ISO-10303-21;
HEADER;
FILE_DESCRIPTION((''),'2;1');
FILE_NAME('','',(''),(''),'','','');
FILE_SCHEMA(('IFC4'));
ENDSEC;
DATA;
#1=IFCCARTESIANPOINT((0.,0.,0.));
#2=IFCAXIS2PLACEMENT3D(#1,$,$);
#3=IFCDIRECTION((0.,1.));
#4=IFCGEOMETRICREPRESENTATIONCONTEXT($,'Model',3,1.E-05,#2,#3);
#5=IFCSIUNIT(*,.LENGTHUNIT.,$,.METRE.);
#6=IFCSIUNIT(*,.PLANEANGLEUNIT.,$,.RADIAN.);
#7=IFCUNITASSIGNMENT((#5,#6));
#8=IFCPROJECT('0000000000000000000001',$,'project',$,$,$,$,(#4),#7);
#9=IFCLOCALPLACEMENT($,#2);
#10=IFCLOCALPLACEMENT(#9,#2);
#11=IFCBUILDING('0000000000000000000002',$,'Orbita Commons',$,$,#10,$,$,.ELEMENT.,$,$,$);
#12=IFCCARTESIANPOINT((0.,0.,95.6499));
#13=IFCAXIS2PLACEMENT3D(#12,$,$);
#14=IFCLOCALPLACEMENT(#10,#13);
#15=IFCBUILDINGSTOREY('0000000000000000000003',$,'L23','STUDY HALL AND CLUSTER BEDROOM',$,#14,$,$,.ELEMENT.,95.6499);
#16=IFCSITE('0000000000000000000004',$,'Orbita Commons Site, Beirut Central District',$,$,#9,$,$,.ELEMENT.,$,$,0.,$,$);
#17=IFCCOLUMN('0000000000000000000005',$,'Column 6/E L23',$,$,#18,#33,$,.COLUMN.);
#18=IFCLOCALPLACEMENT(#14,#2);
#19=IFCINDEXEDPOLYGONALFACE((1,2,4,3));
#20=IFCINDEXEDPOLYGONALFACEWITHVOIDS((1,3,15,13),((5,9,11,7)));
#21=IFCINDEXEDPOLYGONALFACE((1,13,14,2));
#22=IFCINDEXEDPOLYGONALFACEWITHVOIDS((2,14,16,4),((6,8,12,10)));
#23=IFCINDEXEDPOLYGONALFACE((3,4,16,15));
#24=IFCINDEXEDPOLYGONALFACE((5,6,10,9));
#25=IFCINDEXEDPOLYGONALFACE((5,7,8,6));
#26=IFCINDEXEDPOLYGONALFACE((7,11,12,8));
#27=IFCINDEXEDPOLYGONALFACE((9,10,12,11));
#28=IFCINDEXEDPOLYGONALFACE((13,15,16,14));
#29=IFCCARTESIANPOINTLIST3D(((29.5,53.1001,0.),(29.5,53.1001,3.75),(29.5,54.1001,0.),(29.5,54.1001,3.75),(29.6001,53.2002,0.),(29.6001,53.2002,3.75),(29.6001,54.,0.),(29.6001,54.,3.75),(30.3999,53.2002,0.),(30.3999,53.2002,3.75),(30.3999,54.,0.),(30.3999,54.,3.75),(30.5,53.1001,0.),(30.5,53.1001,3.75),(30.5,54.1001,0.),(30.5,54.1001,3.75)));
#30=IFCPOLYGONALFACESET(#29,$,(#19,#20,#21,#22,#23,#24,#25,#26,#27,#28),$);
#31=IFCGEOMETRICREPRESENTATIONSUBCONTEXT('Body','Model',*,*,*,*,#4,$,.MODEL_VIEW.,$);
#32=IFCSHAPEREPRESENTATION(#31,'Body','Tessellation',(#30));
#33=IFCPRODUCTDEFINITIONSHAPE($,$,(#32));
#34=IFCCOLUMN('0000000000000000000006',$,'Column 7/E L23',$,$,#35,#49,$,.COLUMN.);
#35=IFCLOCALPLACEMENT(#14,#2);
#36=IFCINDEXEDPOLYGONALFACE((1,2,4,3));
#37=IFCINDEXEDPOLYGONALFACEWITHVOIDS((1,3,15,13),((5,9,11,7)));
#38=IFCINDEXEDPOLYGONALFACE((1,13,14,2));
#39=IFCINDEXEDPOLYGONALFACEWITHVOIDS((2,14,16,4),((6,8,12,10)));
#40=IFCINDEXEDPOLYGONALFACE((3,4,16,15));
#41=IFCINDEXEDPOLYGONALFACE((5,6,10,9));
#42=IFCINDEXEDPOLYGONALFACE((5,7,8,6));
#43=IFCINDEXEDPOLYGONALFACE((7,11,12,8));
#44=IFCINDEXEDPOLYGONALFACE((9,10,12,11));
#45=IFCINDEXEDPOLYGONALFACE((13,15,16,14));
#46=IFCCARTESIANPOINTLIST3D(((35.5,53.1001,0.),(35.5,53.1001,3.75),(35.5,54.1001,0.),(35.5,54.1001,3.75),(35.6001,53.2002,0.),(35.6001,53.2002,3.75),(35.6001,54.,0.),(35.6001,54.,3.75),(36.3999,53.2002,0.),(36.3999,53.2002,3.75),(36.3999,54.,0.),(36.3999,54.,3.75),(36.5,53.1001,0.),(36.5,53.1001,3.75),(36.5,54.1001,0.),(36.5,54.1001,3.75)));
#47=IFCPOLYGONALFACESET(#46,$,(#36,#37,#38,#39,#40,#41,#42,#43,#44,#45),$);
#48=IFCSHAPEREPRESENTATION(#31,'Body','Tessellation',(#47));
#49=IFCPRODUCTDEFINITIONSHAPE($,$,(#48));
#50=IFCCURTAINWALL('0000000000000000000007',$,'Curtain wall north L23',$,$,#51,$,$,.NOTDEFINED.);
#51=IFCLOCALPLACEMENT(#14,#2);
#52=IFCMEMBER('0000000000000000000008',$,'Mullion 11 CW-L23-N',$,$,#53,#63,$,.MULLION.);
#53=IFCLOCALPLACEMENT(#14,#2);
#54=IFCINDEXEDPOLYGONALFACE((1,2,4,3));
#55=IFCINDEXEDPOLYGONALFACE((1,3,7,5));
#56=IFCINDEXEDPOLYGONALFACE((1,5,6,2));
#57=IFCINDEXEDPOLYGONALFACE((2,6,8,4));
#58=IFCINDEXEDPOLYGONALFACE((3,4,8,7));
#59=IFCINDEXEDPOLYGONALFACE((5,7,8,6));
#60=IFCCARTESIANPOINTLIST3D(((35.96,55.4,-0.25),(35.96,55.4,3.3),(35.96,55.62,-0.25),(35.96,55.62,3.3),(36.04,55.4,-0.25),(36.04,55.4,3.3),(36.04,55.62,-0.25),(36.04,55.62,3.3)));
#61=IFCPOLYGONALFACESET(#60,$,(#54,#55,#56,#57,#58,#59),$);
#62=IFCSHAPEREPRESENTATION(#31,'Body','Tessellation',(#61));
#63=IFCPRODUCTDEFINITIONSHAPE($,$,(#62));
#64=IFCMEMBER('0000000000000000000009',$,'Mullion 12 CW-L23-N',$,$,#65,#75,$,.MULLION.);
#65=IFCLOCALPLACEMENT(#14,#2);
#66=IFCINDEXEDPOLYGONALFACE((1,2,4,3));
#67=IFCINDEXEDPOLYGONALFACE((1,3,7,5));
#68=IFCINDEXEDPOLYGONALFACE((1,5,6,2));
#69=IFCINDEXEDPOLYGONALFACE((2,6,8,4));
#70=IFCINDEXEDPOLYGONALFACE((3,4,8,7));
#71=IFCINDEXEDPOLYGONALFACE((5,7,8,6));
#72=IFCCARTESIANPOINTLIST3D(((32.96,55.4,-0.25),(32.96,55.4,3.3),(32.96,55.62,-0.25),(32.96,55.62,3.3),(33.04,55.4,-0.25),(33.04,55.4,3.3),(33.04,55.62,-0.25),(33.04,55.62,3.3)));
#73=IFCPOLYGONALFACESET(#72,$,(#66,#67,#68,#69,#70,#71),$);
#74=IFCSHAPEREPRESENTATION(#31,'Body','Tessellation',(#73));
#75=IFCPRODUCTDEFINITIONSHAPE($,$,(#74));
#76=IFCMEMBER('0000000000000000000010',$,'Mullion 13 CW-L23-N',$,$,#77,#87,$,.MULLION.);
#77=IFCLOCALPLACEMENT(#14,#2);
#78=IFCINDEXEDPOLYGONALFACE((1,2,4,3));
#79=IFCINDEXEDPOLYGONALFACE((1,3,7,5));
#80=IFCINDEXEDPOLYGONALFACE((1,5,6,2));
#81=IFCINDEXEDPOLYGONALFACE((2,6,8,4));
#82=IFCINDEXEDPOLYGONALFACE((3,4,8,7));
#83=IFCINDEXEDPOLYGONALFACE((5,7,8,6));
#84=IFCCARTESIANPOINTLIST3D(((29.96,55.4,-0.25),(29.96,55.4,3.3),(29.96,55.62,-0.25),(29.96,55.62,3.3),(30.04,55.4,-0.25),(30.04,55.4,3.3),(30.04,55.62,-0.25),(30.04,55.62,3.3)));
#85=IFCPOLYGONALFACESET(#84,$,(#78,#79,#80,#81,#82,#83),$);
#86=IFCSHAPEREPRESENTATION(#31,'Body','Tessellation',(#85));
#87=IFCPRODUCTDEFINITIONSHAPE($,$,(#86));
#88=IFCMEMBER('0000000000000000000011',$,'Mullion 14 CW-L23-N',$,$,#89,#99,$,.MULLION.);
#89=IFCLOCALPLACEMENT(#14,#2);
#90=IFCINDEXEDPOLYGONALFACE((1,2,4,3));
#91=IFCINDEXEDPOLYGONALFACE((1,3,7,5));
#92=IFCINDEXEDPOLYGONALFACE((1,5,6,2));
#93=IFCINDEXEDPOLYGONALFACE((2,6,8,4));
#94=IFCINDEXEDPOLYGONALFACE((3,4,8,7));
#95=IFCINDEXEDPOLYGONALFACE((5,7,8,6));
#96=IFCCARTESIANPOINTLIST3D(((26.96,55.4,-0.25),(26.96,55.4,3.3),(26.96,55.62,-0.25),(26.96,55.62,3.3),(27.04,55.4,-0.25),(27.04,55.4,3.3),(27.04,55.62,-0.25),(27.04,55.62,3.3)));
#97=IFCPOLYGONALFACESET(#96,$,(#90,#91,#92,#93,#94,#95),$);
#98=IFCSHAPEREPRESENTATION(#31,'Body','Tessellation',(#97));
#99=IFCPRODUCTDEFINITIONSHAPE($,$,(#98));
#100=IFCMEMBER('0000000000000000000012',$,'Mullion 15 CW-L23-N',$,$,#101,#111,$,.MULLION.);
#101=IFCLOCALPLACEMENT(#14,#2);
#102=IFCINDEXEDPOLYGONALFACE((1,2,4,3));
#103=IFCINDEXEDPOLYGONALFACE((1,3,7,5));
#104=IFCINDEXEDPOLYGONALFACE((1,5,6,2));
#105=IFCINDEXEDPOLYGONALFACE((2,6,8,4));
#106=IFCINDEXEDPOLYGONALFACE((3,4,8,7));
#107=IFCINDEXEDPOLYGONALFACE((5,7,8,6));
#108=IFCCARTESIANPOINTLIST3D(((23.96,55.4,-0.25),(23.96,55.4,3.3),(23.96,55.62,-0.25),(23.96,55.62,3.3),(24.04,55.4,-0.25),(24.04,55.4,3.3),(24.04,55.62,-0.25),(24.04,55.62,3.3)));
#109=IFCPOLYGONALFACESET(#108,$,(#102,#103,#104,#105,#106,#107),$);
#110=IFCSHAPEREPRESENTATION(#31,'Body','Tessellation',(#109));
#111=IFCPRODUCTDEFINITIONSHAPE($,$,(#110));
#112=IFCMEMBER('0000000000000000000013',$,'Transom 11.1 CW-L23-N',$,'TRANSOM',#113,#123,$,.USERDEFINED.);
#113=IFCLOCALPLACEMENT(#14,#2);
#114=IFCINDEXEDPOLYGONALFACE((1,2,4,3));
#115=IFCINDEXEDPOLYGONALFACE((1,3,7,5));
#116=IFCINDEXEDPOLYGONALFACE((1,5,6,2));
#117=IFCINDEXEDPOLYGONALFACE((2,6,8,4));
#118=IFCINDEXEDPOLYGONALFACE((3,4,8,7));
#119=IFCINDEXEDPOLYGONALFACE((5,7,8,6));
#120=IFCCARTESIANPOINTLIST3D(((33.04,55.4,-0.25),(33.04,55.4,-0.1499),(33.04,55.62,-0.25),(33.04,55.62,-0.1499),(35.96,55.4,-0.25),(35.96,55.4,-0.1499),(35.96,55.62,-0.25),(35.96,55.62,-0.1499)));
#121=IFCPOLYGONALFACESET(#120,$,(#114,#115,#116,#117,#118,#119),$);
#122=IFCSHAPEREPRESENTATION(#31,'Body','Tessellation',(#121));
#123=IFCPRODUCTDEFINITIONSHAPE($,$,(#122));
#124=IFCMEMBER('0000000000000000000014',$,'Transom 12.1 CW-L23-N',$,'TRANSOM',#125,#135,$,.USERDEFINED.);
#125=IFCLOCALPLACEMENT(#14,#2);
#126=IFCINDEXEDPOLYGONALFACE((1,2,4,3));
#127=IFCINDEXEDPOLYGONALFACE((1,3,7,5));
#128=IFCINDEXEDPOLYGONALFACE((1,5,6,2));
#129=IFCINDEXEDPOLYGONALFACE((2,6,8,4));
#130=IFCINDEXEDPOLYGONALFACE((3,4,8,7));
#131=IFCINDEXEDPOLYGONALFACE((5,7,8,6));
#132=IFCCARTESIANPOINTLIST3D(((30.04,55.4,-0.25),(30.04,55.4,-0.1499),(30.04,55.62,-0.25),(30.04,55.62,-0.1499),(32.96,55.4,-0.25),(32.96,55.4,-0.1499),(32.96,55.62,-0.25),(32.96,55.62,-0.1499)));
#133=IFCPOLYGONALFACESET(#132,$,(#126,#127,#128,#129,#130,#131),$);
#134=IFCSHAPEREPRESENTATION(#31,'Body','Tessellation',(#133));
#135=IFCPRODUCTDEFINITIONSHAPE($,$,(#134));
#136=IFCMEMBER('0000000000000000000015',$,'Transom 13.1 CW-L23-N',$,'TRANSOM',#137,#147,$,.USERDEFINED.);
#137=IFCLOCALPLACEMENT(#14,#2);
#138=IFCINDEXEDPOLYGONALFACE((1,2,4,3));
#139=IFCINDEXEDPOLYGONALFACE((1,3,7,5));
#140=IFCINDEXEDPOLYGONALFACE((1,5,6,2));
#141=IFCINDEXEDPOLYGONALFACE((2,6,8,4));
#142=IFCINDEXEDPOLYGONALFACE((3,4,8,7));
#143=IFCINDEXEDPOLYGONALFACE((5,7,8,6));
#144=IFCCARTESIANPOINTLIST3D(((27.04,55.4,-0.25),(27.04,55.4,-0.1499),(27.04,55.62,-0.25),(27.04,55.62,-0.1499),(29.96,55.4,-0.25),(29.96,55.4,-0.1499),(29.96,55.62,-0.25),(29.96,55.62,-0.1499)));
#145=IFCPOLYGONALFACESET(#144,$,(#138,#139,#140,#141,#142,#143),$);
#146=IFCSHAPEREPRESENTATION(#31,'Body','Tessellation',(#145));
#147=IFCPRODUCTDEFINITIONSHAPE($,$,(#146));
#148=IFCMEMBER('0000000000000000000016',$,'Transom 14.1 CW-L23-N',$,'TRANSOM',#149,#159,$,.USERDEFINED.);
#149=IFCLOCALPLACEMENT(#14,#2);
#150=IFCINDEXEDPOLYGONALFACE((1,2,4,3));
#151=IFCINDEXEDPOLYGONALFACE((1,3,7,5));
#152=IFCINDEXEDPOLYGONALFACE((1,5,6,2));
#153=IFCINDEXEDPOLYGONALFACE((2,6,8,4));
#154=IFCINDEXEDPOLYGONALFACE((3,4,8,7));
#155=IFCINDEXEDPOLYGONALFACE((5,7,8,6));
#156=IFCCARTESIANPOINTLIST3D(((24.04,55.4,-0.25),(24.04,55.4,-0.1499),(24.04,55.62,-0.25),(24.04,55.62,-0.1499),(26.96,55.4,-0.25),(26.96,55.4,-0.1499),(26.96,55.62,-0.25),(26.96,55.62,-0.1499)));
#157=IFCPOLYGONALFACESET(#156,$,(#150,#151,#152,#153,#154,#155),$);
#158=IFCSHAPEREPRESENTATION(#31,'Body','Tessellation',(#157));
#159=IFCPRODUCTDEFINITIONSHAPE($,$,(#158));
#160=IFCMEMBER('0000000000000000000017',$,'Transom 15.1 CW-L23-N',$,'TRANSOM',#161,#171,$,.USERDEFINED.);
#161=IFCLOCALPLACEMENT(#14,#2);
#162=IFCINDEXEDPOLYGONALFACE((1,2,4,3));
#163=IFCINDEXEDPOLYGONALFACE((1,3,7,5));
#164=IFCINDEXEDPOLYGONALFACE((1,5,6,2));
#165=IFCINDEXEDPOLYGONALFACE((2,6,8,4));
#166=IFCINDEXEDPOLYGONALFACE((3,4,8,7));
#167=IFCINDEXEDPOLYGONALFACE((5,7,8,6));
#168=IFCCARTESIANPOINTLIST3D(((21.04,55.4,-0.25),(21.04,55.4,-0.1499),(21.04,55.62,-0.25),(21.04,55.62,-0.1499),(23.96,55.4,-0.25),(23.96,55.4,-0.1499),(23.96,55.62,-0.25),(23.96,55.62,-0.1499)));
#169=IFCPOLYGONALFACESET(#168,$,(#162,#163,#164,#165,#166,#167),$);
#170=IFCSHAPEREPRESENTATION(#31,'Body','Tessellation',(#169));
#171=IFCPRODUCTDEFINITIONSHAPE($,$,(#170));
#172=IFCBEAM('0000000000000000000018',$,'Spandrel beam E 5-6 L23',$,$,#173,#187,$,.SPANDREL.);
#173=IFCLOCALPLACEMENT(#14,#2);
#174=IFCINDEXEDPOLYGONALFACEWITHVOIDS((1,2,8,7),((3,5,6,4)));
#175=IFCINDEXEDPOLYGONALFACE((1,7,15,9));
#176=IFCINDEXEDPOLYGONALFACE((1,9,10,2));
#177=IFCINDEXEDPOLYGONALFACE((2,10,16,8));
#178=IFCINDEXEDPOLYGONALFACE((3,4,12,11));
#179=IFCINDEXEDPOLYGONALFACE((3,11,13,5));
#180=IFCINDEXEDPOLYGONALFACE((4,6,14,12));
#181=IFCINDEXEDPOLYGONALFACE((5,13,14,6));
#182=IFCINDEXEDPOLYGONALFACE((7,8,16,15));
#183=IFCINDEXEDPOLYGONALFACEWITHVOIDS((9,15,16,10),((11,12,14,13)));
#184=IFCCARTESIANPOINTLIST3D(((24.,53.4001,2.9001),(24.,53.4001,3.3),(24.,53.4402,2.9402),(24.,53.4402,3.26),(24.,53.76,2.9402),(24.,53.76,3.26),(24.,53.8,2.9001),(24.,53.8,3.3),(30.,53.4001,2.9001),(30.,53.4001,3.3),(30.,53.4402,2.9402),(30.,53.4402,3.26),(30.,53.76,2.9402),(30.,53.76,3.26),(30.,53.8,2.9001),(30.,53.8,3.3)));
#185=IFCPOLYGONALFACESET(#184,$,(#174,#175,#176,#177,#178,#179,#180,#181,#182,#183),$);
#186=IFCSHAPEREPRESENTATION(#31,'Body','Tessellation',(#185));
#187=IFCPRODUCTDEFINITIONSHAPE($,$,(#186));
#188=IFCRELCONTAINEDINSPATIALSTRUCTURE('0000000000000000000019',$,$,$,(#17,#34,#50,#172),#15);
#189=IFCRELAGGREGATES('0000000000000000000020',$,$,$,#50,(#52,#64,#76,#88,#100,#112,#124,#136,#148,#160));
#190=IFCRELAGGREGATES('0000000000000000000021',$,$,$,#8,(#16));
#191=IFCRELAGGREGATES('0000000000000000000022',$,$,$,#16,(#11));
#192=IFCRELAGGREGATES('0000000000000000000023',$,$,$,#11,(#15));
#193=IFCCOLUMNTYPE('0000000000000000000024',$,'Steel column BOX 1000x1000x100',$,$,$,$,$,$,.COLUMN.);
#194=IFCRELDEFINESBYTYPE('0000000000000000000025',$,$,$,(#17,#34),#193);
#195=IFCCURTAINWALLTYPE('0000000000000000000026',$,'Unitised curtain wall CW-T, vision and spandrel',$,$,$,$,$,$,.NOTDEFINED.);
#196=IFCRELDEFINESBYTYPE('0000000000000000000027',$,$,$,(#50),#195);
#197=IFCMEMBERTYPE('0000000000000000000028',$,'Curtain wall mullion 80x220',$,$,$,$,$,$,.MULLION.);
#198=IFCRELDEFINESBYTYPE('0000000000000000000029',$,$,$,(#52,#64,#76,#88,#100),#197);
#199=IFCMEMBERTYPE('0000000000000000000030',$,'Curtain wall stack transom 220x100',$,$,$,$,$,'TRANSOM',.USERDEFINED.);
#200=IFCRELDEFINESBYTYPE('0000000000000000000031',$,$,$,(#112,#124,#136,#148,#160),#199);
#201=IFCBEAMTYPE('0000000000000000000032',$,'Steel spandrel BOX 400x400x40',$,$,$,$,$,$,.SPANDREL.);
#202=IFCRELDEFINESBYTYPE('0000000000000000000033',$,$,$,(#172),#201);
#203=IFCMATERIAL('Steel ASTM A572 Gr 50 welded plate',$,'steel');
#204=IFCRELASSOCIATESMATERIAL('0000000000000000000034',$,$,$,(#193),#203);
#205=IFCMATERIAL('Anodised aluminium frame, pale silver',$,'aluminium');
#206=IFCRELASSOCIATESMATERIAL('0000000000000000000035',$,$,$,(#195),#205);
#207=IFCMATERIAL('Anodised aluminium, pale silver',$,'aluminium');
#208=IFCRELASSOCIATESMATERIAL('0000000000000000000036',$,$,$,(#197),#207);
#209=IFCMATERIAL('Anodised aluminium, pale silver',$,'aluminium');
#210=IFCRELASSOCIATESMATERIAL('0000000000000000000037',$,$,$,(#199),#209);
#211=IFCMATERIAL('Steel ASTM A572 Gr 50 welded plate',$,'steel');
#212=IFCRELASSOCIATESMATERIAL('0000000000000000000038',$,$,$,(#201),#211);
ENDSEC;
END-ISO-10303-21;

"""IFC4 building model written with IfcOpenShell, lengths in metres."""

from ifc_helpers import new_model, si_unit, direction, frame, origin, origin_2d, place, context, subcontext, project, spatial, rectangle, hollow_rectangle, extrude, material, material_profile, profile_set, type_object, element, aggregate, save


model = new_model("IFC4")

# Units and contexts
model_context = context("Model", 3, precision=1e-05, world=origin(), true_north=direction((0.0, 1.0)))
body_context = subcontext(model_context, "Body", "Model", "MODEL_VIEW")
ifc_project = project(units=[si_unit("LENGTHUNIT", "METRE"), si_unit("PLANEANGLEUNIT", "RADIAN")], contexts=[model_context])

# Site, building, storey
site_placement = place(None, origin())
site = spatial("IfcSite", under=ifc_project, at=site_placement, Name="Orbita Commons Site, Beirut Central District", CompositionType="ELEMENT", RefElevation=0.0)
building_placement = place(site_placement, origin())
building = spatial("IfcBuilding", under=site, at=building_placement, Name="Orbita Commons", CompositionType="ELEMENT")
storey_placement = place(building_placement, frame((0.0, 0.0, 95.6499)))
storey = spatial("IfcBuildingStorey", under=building, at=storey_placement, Name="L23", Description="STUDY HALL AND CLUSTER BEDROOM", CompositionType="ELEMENT", Elevation=95.6499)

# Columns
ifc_material_1 = material(Name="Steel ASTM A572 Gr 50 welded plate", Category="steel")
ifc_material_profile_1 = material_profile(ifc_material_1, hollow_rectangle(XDim=1.0, YDim=1.0, WallThickness=0.1001, at=origin_2d()), Name="BOX 1000x1000x100")
ifc_profile_set_1 = profile_set([ifc_material_profile_1], Name="Steel ASTM A572 Gr 50 welded plate")
column_type = type_object("IfcColumnType", Name="Steel column BOX 1000x1000x100", PredefinedType="COLUMN", material=ifc_profile_set_1)
for number, where, z_axis, x_axis, name in (
    (1, (30.0, 53.6001, 0.0), (0.0, 0.0, 1.0), (1.0, 0.0, 0.0), "Column 6/E L23"),
    (2, (36.0, 53.6001, 0.0), (0.0, 0.0, 1.0), (1.0, 0.0, 0.0), "Column 7/E L23"),
):
    element("IfcColumn", number, at=place(storey_placement, frame(where, z_axis=z_axis, x_axis=x_axis)), inside=storey, type_object=column_type, Name=name, PredefinedType="COLUMN", context=body_context, shape_type="SweptSolid", body=[
        extrude(hollow_rectangle(XDim=1.0, YDim=1.0, WallThickness=0.1001, at=origin_2d()), origin(), (0.0, 0.0, 1.0), 3.75),
    ])

# Curtain wall, members
ifc_material_2 = material(Name="Anodised aluminium frame, pale silver", Category="aluminium")
curtain_wall_type = type_object("IfcCurtainWallType", Name="Unitised curtain wall CW-T, vision and spandrel", PredefinedType="NOTDEFINED", material=ifc_material_2)
curtain_wall_placement = place(storey_placement, origin())
curtain_wall = element("IfcCurtainWall", 3, at=curtain_wall_placement, inside=storey, type_object=curtain_wall_type, Name="Curtain wall north L23", PredefinedType="NOTDEFINED")
ifc_material_3 = material(Name="Anodised aluminium, pale silver", Category="aluminium")
ifc_material_profile_2 = material_profile(ifc_material_3, rectangle(XDim=0.0801, YDim=0.22, at=origin_2d()), Name="AL 80x220")
ifc_profile_set_2 = profile_set([ifc_material_profile_2], Name="Anodised aluminium, pale silver")
member_type_1 = type_object("IfcMemberType", Name="Curtain wall mullion 80x220", PredefinedType="MULLION", material=ifc_profile_set_2)
member_1_placement = place(storey_placement, frame((36.0, 55.51, -0.25), z_axis=(0.0, 0.0, 1.0), x_axis=(-1.0, 0.0, 0.0)))
member_1 = element("IfcMember", 4, at=member_1_placement, type_object=member_type_1, Name="Mullion 11 CW-L23-N", PredefinedType="MULLION", context=body_context, shape_type="SweptSolid", body=[
    extrude(rectangle(XDim=0.0801, YDim=0.22, at=origin_2d()), origin(), (0.0, 0.0, 1.0), 3.55),
])
member_2_placement = place(storey_placement, frame((33.0, 55.51, -0.25), z_axis=(0.0, 0.0, 1.0), x_axis=(-1.0, 0.0, 0.0)))
member_2 = element("IfcMember", 5, at=member_2_placement, type_object=member_type_1, Name="Mullion 12 CW-L23-N", PredefinedType="MULLION", context=body_context, shape_type="SweptSolid", body=[
    extrude(rectangle(XDim=0.0801, YDim=0.22, at=origin_2d()), origin(), (0.0, 0.0, 1.0), 3.55),
])
member_3_placement = place(storey_placement, frame((30.0, 55.51, -0.25), z_axis=(0.0, 0.0, 1.0), x_axis=(-1.0, 0.0, 0.0)))
member_3 = element("IfcMember", 6, at=member_3_placement, type_object=member_type_1, Name="Mullion 13 CW-L23-N", PredefinedType="MULLION", context=body_context, shape_type="SweptSolid", body=[
    extrude(rectangle(XDim=0.0801, YDim=0.22, at=origin_2d()), origin(), (0.0, 0.0, 1.0), 3.55),
])
member_4_placement = place(storey_placement, frame((27.0, 55.51, -0.25), z_axis=(0.0, 0.0, 1.0), x_axis=(-1.0, 0.0, 0.0)))
member_4 = element("IfcMember", 7, at=member_4_placement, type_object=member_type_1, Name="Mullion 14 CW-L23-N", PredefinedType="MULLION", context=body_context, shape_type="SweptSolid", body=[
    extrude(rectangle(XDim=0.0801, YDim=0.22, at=origin_2d()), origin(), (0.0, 0.0, 1.0), 3.55),
])
member_5_placement = place(storey_placement, frame((24.0, 55.51, -0.25), z_axis=(0.0, 0.0, 1.0), x_axis=(-1.0, 0.0, 0.0)))
member_5 = element("IfcMember", 8, at=member_5_placement, type_object=member_type_1, Name="Mullion 15 CW-L23-N", PredefinedType="MULLION", context=body_context, shape_type="SweptSolid", body=[
    extrude(rectangle(XDim=0.0801, YDim=0.22, at=origin_2d()), origin(), (0.0, 0.0, 1.0), 3.55),
])
ifc_material_4 = material(Name="Anodised aluminium, pale silver", Category="aluminium")
ifc_material_profile_3 = material_profile(ifc_material_4, rectangle(XDim=0.22, YDim=0.1001, at=origin_2d()), Name="AL 220x100")
ifc_profile_set_3 = profile_set([ifc_material_profile_3], Name="Anodised aluminium, pale silver")
member_type_2 = type_object("IfcMemberType", Name="Curtain wall stack transom 220x100", ElementType="TRANSOM", PredefinedType="USERDEFINED", material=ifc_profile_set_3)
member_6_placement = place(storey_placement, frame((35.96, 55.51, -0.2), z_axis=(-1.0, 0.0, 0.0), x_axis=(0.0, -1.0, 0.0)))
member_6 = element("IfcMember", 9, at=member_6_placement, type_object=member_type_2, Name="Transom 11.1 CW-L23-N", ObjectType="TRANSOM", PredefinedType="USERDEFINED", context=body_context, shape_type="SweptSolid", body=[
    extrude(rectangle(XDim=0.22, YDim=0.1001, at=origin_2d()), origin(), (0.0, 0.0, 1.0), 2.9199),
])
member_7_placement = place(storey_placement, frame((32.96, 55.51, -0.2), z_axis=(-1.0, 0.0, 0.0), x_axis=(0.0, -1.0, 0.0)))
member_7 = element("IfcMember", 10, at=member_7_placement, type_object=member_type_2, Name="Transom 12.1 CW-L23-N", ObjectType="TRANSOM", PredefinedType="USERDEFINED", context=body_context, shape_type="SweptSolid", body=[
    extrude(rectangle(XDim=0.22, YDim=0.1001, at=origin_2d()), origin(), (0.0, 0.0, 1.0), 2.9199),
])
member_8_placement = place(storey_placement, frame((29.96, 55.51, -0.2), z_axis=(-1.0, 0.0, 0.0), x_axis=(0.0, -1.0, 0.0)))
member_8 = element("IfcMember", 11, at=member_8_placement, type_object=member_type_2, Name="Transom 13.1 CW-L23-N", ObjectType="TRANSOM", PredefinedType="USERDEFINED", context=body_context, shape_type="SweptSolid", body=[
    extrude(rectangle(XDim=0.22, YDim=0.1001, at=origin_2d()), origin(), (0.0, 0.0, 1.0), 2.9199),
])
member_9_placement = place(storey_placement, frame((26.96, 55.51, -0.2), z_axis=(-1.0, 0.0, 0.0), x_axis=(0.0, -1.0, 0.0)))
member_9 = element("IfcMember", 12, at=member_9_placement, type_object=member_type_2, Name="Transom 14.1 CW-L23-N", ObjectType="TRANSOM", PredefinedType="USERDEFINED", context=body_context, shape_type="SweptSolid", body=[
    extrude(rectangle(XDim=0.22, YDim=0.1001, at=origin_2d()), origin(), (0.0, 0.0, 1.0), 2.9199),
])
member_10_placement = place(storey_placement, frame((23.96, 55.51, -0.2), z_axis=(-1.0, 0.0, 0.0), x_axis=(0.0, -1.0, 0.0)))
member_10 = element("IfcMember", 13, at=member_10_placement, type_object=member_type_2, Name="Transom 15.1 CW-L23-N", ObjectType="TRANSOM", PredefinedType="USERDEFINED", context=body_context, shape_type="SweptSolid", body=[
    extrude(rectangle(XDim=0.22, YDim=0.1001, at=origin_2d()), origin(), (0.0, 0.0, 1.0), 2.9199),
])

# Beam
ifc_material_5 = material(Name="Steel ASTM A572 Gr 50 welded plate", Category="steel")
ifc_material_profile_4 = material_profile(ifc_material_5, hollow_rectangle(XDim=0.3999, YDim=0.3999, WallThickness=0.04, at=origin_2d()), Name="BOX 400x400x40")
ifc_profile_set_4 = profile_set([ifc_material_profile_4], Name="Steel ASTM A572 Gr 50 welded plate")
beam_type = type_object("IfcBeamType", Name="Steel spandrel BOX 400x400x40", PredefinedType="SPANDREL", material=ifc_profile_set_4)
for number, where, z_axis, x_axis, name in (
    (14, (24.0, 53.6001, 3.1001), (1.0, 0.0, 0.0), (0.0, 1.0, 0.0), "Spandrel beam E 5-6 L23"),
):
    element("IfcBeam", number, at=place(storey_placement, frame(where, z_axis=z_axis, x_axis=x_axis)), inside=storey, type_object=beam_type, Name=name, PredefinedType="SPANDREL", context=body_context, shape_type="SweptSolid", body=[
        extrude(hollow_rectangle(XDim=0.3999, YDim=0.3999, WallThickness=0.04, at=origin_2d()), origin(), (0.0, 0.0, 1.0), 6.0),
    ])

aggregate(curtain_wall, [member_1, member_2, member_3, member_4, member_5, member_6, member_7, member_8, member_9, member_10])

save(model, "model.ifc")
